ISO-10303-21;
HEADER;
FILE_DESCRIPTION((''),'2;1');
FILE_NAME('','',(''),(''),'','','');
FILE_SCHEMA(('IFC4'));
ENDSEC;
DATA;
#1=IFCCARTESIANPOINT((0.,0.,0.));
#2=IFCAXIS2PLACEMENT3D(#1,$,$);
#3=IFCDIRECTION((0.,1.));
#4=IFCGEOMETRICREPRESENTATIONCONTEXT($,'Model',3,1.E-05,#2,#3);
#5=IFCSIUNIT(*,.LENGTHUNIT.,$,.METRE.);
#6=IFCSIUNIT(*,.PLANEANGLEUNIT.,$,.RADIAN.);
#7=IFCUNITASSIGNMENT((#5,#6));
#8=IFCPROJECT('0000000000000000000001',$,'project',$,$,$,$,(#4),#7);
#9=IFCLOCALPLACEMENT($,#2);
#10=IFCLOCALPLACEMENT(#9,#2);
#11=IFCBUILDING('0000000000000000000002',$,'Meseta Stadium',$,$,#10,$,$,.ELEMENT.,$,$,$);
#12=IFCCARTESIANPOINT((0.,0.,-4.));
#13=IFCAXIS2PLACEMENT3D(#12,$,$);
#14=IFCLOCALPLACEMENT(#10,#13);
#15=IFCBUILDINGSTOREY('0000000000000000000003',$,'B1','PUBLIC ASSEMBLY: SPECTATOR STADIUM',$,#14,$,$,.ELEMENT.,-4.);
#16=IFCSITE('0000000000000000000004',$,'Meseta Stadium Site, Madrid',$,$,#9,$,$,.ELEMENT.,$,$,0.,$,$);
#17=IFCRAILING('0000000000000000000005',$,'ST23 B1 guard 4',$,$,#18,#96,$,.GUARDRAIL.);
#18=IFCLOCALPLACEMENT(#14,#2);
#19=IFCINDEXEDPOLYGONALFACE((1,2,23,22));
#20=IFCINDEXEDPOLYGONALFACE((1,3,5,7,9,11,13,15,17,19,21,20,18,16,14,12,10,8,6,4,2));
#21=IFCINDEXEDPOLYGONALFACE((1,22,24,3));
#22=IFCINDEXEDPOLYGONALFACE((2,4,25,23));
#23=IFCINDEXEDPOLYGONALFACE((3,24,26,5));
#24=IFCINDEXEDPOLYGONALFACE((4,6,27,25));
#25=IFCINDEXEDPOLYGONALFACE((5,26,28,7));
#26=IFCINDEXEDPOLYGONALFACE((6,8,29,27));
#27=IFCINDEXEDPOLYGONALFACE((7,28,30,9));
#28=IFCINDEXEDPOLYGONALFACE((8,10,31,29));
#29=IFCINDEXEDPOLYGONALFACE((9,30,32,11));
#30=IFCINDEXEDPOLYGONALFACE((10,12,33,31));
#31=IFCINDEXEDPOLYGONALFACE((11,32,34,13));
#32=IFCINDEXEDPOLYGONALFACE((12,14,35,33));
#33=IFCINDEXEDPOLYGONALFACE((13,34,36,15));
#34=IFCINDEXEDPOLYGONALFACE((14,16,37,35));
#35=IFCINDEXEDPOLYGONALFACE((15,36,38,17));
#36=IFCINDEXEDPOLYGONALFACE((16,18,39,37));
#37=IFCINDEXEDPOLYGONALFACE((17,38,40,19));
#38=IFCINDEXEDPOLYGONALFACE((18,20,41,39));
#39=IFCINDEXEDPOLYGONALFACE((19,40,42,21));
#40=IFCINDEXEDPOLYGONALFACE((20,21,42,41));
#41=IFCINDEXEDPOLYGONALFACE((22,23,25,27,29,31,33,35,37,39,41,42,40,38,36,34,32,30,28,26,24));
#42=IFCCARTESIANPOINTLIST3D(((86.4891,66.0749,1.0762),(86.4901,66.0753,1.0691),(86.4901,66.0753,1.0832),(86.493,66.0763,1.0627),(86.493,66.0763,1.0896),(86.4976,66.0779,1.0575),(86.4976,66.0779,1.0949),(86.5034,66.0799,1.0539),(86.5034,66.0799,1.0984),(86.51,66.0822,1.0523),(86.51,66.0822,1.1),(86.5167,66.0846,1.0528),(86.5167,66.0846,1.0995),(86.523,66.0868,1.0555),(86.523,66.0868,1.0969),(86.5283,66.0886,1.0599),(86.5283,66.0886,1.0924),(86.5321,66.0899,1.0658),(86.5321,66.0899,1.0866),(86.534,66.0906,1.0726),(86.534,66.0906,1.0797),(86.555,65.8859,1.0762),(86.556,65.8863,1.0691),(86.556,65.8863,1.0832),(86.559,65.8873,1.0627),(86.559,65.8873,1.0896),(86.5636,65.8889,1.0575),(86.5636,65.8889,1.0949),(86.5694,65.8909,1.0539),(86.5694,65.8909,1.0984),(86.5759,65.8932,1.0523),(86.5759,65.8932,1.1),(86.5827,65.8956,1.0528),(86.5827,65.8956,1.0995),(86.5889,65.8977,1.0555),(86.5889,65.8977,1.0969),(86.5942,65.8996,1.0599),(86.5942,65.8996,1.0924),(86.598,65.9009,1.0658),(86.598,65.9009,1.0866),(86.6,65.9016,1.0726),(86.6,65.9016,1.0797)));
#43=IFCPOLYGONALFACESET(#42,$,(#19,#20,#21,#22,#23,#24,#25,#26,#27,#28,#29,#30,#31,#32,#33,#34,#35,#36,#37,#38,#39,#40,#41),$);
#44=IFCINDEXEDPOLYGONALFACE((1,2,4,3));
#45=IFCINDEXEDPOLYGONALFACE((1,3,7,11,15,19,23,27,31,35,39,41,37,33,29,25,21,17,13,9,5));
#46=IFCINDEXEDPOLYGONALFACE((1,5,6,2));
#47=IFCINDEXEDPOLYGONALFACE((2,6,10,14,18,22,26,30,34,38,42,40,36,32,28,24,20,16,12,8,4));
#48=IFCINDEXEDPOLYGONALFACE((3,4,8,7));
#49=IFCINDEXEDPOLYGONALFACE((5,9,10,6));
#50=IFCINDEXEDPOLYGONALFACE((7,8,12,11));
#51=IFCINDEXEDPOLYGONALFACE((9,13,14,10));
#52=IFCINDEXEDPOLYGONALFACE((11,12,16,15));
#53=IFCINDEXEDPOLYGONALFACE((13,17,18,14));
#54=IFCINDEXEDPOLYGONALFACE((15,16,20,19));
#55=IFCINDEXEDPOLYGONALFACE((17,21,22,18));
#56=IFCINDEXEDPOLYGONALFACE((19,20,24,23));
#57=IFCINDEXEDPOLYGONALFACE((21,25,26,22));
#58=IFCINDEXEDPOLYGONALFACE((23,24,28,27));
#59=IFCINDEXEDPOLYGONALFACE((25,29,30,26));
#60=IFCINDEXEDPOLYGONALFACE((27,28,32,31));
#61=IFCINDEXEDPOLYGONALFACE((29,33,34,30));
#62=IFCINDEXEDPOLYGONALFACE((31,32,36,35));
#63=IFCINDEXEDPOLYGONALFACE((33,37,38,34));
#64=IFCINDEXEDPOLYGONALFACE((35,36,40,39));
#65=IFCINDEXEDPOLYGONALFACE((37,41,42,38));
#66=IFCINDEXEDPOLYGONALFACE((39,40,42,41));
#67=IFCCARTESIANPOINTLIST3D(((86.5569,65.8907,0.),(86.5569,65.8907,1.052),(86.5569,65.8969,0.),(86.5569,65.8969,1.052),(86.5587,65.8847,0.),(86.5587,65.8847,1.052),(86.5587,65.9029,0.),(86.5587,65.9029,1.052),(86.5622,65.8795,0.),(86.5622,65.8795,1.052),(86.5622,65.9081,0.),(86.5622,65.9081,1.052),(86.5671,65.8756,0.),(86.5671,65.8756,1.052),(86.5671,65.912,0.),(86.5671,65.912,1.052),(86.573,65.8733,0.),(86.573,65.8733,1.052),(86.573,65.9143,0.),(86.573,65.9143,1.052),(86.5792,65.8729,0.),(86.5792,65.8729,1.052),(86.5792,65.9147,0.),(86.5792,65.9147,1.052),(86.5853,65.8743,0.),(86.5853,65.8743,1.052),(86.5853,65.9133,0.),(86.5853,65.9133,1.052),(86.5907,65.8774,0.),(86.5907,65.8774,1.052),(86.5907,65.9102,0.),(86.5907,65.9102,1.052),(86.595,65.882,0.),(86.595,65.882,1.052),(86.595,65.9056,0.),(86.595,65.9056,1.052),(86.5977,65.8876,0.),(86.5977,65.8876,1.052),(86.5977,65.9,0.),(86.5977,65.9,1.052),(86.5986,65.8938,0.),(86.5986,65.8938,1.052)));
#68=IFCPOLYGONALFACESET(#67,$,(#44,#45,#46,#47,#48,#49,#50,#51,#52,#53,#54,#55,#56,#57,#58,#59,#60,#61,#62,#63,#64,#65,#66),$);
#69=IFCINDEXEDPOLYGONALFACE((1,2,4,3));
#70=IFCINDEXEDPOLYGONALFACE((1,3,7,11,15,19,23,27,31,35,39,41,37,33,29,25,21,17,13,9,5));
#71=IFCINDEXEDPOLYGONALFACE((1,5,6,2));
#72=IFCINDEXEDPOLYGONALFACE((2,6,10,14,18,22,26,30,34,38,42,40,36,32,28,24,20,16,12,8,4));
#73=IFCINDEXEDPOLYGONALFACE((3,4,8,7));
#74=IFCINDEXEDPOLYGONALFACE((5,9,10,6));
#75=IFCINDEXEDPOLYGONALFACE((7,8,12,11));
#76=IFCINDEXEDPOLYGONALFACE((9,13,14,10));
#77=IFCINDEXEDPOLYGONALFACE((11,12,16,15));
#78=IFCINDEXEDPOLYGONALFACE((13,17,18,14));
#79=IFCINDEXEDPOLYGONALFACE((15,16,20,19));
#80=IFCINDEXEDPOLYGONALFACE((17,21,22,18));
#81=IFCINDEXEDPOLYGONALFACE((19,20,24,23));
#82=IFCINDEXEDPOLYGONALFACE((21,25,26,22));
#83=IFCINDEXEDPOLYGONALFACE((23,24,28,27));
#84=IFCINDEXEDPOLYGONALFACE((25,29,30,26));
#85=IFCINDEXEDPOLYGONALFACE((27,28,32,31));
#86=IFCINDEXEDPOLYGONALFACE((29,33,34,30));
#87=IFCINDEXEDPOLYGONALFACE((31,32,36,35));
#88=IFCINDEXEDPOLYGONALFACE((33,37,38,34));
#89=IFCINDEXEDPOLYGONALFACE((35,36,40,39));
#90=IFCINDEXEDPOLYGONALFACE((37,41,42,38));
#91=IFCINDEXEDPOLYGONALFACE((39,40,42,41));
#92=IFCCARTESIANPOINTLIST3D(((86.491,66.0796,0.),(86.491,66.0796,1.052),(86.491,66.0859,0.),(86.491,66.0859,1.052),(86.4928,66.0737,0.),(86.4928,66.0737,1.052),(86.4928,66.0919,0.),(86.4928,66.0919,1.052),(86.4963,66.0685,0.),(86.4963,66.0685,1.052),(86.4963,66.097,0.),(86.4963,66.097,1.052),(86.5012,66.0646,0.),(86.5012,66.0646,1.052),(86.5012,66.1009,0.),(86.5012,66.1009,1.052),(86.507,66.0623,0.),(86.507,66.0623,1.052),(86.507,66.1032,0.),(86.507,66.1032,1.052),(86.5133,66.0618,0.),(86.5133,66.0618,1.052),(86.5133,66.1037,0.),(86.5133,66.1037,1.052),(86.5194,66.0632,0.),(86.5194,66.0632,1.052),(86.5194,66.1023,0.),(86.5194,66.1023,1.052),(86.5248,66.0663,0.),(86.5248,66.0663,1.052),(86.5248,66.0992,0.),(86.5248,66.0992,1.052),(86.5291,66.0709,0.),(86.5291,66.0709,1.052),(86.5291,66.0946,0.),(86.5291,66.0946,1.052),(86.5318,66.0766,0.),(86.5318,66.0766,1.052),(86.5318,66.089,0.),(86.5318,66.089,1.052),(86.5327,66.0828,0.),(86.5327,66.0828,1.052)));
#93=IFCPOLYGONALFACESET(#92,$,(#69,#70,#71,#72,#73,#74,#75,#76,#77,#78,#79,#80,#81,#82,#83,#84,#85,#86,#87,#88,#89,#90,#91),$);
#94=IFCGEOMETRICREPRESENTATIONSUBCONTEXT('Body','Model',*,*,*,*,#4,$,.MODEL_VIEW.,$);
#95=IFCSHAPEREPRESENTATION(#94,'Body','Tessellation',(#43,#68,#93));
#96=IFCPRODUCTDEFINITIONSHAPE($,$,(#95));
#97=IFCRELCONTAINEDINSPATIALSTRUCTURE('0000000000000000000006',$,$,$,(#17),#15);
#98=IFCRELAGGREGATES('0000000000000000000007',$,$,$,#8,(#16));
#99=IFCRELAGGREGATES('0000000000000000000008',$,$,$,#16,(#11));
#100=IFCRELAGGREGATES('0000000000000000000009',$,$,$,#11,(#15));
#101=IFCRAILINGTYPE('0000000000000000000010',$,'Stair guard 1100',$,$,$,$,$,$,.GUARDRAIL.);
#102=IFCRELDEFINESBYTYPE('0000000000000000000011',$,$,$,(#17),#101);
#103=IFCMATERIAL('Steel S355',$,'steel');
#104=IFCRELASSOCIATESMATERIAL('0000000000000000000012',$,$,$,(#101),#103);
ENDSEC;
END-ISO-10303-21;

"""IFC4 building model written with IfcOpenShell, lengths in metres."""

from ifc_helpers import new_model, si_unit, direction, frame, origin, origin_2d, place, context, subcontext, project, spatial, circle, extrude, material, type_object, element, save


model = new_model("IFC4")

# Units and contexts
model_context = context("Model", 3, precision=1e-05, world=origin(), true_north=direction((0.0, 1.0)))
body_context = subcontext(model_context, "Body", "Model", "MODEL_VIEW")
ifc_project = project(units=[si_unit("LENGTHUNIT", "METRE"), si_unit("PLANEANGLEUNIT", "RADIAN")], contexts=[model_context])

# Site, building, storey
site_placement = place(None, origin())
site = spatial("IfcSite", under=ifc_project, at=site_placement, Name="Meseta Stadium Site, Madrid", CompositionType="ELEMENT", RefElevation=0.0)
building_placement = place(site_placement, origin())
building = spatial("IfcBuilding", under=site, at=building_placement, Name="Meseta Stadium", CompositionType="ELEMENT")
storey_placement = place(building_placement, frame((0.0, 0.0, -4.0)))
storey = spatial("IfcBuildingStorey", under=building, at=storey_placement, Name="B1", Description="PUBLIC ASSEMBLY: SPECTATOR STADIUM", CompositionType="ELEMENT", Elevation=-4.0)

# Railing
ifc_material_1 = material(Name="Steel S355", Category="steel")
railing_type_1 = type_object("IfcRailingType", Name="Stair guard 1100", PredefinedType="GUARDRAIL", material=ifc_material_1)
railing_1_placement = place(storey_placement, frame((86.5776, 65.8938, 0.0)))
element("IfcRailing", 1, at=railing_1_placement, inside=storey, type_object=railing_type_1, Name="ST23 B1 guard 4", PredefinedType="GUARDRAIL", context=body_context, shape_type="SweptSolid", body=[
    extrude(circle(Radius=0.0239, at=origin_2d()), frame((0.0, 0.0, 1.0762), z_axis=(-0.329372, 0.9442, 0.0), x_axis=(-0.9442, -0.329372, 0.0)), (0.0, 0.0, 1.0), 0.2002),
    extrude(circle(Radius=0.021, at=origin_2d()), origin(), (0.0, 0.0, 1.0), 1.052),
    extrude(circle(Radius=0.021, at=origin_2d()), frame((-0.0659, 0.189, 0.0)), (0.0, 0.0, 1.0), 1.052),
])

save(model, "model.ifc")
